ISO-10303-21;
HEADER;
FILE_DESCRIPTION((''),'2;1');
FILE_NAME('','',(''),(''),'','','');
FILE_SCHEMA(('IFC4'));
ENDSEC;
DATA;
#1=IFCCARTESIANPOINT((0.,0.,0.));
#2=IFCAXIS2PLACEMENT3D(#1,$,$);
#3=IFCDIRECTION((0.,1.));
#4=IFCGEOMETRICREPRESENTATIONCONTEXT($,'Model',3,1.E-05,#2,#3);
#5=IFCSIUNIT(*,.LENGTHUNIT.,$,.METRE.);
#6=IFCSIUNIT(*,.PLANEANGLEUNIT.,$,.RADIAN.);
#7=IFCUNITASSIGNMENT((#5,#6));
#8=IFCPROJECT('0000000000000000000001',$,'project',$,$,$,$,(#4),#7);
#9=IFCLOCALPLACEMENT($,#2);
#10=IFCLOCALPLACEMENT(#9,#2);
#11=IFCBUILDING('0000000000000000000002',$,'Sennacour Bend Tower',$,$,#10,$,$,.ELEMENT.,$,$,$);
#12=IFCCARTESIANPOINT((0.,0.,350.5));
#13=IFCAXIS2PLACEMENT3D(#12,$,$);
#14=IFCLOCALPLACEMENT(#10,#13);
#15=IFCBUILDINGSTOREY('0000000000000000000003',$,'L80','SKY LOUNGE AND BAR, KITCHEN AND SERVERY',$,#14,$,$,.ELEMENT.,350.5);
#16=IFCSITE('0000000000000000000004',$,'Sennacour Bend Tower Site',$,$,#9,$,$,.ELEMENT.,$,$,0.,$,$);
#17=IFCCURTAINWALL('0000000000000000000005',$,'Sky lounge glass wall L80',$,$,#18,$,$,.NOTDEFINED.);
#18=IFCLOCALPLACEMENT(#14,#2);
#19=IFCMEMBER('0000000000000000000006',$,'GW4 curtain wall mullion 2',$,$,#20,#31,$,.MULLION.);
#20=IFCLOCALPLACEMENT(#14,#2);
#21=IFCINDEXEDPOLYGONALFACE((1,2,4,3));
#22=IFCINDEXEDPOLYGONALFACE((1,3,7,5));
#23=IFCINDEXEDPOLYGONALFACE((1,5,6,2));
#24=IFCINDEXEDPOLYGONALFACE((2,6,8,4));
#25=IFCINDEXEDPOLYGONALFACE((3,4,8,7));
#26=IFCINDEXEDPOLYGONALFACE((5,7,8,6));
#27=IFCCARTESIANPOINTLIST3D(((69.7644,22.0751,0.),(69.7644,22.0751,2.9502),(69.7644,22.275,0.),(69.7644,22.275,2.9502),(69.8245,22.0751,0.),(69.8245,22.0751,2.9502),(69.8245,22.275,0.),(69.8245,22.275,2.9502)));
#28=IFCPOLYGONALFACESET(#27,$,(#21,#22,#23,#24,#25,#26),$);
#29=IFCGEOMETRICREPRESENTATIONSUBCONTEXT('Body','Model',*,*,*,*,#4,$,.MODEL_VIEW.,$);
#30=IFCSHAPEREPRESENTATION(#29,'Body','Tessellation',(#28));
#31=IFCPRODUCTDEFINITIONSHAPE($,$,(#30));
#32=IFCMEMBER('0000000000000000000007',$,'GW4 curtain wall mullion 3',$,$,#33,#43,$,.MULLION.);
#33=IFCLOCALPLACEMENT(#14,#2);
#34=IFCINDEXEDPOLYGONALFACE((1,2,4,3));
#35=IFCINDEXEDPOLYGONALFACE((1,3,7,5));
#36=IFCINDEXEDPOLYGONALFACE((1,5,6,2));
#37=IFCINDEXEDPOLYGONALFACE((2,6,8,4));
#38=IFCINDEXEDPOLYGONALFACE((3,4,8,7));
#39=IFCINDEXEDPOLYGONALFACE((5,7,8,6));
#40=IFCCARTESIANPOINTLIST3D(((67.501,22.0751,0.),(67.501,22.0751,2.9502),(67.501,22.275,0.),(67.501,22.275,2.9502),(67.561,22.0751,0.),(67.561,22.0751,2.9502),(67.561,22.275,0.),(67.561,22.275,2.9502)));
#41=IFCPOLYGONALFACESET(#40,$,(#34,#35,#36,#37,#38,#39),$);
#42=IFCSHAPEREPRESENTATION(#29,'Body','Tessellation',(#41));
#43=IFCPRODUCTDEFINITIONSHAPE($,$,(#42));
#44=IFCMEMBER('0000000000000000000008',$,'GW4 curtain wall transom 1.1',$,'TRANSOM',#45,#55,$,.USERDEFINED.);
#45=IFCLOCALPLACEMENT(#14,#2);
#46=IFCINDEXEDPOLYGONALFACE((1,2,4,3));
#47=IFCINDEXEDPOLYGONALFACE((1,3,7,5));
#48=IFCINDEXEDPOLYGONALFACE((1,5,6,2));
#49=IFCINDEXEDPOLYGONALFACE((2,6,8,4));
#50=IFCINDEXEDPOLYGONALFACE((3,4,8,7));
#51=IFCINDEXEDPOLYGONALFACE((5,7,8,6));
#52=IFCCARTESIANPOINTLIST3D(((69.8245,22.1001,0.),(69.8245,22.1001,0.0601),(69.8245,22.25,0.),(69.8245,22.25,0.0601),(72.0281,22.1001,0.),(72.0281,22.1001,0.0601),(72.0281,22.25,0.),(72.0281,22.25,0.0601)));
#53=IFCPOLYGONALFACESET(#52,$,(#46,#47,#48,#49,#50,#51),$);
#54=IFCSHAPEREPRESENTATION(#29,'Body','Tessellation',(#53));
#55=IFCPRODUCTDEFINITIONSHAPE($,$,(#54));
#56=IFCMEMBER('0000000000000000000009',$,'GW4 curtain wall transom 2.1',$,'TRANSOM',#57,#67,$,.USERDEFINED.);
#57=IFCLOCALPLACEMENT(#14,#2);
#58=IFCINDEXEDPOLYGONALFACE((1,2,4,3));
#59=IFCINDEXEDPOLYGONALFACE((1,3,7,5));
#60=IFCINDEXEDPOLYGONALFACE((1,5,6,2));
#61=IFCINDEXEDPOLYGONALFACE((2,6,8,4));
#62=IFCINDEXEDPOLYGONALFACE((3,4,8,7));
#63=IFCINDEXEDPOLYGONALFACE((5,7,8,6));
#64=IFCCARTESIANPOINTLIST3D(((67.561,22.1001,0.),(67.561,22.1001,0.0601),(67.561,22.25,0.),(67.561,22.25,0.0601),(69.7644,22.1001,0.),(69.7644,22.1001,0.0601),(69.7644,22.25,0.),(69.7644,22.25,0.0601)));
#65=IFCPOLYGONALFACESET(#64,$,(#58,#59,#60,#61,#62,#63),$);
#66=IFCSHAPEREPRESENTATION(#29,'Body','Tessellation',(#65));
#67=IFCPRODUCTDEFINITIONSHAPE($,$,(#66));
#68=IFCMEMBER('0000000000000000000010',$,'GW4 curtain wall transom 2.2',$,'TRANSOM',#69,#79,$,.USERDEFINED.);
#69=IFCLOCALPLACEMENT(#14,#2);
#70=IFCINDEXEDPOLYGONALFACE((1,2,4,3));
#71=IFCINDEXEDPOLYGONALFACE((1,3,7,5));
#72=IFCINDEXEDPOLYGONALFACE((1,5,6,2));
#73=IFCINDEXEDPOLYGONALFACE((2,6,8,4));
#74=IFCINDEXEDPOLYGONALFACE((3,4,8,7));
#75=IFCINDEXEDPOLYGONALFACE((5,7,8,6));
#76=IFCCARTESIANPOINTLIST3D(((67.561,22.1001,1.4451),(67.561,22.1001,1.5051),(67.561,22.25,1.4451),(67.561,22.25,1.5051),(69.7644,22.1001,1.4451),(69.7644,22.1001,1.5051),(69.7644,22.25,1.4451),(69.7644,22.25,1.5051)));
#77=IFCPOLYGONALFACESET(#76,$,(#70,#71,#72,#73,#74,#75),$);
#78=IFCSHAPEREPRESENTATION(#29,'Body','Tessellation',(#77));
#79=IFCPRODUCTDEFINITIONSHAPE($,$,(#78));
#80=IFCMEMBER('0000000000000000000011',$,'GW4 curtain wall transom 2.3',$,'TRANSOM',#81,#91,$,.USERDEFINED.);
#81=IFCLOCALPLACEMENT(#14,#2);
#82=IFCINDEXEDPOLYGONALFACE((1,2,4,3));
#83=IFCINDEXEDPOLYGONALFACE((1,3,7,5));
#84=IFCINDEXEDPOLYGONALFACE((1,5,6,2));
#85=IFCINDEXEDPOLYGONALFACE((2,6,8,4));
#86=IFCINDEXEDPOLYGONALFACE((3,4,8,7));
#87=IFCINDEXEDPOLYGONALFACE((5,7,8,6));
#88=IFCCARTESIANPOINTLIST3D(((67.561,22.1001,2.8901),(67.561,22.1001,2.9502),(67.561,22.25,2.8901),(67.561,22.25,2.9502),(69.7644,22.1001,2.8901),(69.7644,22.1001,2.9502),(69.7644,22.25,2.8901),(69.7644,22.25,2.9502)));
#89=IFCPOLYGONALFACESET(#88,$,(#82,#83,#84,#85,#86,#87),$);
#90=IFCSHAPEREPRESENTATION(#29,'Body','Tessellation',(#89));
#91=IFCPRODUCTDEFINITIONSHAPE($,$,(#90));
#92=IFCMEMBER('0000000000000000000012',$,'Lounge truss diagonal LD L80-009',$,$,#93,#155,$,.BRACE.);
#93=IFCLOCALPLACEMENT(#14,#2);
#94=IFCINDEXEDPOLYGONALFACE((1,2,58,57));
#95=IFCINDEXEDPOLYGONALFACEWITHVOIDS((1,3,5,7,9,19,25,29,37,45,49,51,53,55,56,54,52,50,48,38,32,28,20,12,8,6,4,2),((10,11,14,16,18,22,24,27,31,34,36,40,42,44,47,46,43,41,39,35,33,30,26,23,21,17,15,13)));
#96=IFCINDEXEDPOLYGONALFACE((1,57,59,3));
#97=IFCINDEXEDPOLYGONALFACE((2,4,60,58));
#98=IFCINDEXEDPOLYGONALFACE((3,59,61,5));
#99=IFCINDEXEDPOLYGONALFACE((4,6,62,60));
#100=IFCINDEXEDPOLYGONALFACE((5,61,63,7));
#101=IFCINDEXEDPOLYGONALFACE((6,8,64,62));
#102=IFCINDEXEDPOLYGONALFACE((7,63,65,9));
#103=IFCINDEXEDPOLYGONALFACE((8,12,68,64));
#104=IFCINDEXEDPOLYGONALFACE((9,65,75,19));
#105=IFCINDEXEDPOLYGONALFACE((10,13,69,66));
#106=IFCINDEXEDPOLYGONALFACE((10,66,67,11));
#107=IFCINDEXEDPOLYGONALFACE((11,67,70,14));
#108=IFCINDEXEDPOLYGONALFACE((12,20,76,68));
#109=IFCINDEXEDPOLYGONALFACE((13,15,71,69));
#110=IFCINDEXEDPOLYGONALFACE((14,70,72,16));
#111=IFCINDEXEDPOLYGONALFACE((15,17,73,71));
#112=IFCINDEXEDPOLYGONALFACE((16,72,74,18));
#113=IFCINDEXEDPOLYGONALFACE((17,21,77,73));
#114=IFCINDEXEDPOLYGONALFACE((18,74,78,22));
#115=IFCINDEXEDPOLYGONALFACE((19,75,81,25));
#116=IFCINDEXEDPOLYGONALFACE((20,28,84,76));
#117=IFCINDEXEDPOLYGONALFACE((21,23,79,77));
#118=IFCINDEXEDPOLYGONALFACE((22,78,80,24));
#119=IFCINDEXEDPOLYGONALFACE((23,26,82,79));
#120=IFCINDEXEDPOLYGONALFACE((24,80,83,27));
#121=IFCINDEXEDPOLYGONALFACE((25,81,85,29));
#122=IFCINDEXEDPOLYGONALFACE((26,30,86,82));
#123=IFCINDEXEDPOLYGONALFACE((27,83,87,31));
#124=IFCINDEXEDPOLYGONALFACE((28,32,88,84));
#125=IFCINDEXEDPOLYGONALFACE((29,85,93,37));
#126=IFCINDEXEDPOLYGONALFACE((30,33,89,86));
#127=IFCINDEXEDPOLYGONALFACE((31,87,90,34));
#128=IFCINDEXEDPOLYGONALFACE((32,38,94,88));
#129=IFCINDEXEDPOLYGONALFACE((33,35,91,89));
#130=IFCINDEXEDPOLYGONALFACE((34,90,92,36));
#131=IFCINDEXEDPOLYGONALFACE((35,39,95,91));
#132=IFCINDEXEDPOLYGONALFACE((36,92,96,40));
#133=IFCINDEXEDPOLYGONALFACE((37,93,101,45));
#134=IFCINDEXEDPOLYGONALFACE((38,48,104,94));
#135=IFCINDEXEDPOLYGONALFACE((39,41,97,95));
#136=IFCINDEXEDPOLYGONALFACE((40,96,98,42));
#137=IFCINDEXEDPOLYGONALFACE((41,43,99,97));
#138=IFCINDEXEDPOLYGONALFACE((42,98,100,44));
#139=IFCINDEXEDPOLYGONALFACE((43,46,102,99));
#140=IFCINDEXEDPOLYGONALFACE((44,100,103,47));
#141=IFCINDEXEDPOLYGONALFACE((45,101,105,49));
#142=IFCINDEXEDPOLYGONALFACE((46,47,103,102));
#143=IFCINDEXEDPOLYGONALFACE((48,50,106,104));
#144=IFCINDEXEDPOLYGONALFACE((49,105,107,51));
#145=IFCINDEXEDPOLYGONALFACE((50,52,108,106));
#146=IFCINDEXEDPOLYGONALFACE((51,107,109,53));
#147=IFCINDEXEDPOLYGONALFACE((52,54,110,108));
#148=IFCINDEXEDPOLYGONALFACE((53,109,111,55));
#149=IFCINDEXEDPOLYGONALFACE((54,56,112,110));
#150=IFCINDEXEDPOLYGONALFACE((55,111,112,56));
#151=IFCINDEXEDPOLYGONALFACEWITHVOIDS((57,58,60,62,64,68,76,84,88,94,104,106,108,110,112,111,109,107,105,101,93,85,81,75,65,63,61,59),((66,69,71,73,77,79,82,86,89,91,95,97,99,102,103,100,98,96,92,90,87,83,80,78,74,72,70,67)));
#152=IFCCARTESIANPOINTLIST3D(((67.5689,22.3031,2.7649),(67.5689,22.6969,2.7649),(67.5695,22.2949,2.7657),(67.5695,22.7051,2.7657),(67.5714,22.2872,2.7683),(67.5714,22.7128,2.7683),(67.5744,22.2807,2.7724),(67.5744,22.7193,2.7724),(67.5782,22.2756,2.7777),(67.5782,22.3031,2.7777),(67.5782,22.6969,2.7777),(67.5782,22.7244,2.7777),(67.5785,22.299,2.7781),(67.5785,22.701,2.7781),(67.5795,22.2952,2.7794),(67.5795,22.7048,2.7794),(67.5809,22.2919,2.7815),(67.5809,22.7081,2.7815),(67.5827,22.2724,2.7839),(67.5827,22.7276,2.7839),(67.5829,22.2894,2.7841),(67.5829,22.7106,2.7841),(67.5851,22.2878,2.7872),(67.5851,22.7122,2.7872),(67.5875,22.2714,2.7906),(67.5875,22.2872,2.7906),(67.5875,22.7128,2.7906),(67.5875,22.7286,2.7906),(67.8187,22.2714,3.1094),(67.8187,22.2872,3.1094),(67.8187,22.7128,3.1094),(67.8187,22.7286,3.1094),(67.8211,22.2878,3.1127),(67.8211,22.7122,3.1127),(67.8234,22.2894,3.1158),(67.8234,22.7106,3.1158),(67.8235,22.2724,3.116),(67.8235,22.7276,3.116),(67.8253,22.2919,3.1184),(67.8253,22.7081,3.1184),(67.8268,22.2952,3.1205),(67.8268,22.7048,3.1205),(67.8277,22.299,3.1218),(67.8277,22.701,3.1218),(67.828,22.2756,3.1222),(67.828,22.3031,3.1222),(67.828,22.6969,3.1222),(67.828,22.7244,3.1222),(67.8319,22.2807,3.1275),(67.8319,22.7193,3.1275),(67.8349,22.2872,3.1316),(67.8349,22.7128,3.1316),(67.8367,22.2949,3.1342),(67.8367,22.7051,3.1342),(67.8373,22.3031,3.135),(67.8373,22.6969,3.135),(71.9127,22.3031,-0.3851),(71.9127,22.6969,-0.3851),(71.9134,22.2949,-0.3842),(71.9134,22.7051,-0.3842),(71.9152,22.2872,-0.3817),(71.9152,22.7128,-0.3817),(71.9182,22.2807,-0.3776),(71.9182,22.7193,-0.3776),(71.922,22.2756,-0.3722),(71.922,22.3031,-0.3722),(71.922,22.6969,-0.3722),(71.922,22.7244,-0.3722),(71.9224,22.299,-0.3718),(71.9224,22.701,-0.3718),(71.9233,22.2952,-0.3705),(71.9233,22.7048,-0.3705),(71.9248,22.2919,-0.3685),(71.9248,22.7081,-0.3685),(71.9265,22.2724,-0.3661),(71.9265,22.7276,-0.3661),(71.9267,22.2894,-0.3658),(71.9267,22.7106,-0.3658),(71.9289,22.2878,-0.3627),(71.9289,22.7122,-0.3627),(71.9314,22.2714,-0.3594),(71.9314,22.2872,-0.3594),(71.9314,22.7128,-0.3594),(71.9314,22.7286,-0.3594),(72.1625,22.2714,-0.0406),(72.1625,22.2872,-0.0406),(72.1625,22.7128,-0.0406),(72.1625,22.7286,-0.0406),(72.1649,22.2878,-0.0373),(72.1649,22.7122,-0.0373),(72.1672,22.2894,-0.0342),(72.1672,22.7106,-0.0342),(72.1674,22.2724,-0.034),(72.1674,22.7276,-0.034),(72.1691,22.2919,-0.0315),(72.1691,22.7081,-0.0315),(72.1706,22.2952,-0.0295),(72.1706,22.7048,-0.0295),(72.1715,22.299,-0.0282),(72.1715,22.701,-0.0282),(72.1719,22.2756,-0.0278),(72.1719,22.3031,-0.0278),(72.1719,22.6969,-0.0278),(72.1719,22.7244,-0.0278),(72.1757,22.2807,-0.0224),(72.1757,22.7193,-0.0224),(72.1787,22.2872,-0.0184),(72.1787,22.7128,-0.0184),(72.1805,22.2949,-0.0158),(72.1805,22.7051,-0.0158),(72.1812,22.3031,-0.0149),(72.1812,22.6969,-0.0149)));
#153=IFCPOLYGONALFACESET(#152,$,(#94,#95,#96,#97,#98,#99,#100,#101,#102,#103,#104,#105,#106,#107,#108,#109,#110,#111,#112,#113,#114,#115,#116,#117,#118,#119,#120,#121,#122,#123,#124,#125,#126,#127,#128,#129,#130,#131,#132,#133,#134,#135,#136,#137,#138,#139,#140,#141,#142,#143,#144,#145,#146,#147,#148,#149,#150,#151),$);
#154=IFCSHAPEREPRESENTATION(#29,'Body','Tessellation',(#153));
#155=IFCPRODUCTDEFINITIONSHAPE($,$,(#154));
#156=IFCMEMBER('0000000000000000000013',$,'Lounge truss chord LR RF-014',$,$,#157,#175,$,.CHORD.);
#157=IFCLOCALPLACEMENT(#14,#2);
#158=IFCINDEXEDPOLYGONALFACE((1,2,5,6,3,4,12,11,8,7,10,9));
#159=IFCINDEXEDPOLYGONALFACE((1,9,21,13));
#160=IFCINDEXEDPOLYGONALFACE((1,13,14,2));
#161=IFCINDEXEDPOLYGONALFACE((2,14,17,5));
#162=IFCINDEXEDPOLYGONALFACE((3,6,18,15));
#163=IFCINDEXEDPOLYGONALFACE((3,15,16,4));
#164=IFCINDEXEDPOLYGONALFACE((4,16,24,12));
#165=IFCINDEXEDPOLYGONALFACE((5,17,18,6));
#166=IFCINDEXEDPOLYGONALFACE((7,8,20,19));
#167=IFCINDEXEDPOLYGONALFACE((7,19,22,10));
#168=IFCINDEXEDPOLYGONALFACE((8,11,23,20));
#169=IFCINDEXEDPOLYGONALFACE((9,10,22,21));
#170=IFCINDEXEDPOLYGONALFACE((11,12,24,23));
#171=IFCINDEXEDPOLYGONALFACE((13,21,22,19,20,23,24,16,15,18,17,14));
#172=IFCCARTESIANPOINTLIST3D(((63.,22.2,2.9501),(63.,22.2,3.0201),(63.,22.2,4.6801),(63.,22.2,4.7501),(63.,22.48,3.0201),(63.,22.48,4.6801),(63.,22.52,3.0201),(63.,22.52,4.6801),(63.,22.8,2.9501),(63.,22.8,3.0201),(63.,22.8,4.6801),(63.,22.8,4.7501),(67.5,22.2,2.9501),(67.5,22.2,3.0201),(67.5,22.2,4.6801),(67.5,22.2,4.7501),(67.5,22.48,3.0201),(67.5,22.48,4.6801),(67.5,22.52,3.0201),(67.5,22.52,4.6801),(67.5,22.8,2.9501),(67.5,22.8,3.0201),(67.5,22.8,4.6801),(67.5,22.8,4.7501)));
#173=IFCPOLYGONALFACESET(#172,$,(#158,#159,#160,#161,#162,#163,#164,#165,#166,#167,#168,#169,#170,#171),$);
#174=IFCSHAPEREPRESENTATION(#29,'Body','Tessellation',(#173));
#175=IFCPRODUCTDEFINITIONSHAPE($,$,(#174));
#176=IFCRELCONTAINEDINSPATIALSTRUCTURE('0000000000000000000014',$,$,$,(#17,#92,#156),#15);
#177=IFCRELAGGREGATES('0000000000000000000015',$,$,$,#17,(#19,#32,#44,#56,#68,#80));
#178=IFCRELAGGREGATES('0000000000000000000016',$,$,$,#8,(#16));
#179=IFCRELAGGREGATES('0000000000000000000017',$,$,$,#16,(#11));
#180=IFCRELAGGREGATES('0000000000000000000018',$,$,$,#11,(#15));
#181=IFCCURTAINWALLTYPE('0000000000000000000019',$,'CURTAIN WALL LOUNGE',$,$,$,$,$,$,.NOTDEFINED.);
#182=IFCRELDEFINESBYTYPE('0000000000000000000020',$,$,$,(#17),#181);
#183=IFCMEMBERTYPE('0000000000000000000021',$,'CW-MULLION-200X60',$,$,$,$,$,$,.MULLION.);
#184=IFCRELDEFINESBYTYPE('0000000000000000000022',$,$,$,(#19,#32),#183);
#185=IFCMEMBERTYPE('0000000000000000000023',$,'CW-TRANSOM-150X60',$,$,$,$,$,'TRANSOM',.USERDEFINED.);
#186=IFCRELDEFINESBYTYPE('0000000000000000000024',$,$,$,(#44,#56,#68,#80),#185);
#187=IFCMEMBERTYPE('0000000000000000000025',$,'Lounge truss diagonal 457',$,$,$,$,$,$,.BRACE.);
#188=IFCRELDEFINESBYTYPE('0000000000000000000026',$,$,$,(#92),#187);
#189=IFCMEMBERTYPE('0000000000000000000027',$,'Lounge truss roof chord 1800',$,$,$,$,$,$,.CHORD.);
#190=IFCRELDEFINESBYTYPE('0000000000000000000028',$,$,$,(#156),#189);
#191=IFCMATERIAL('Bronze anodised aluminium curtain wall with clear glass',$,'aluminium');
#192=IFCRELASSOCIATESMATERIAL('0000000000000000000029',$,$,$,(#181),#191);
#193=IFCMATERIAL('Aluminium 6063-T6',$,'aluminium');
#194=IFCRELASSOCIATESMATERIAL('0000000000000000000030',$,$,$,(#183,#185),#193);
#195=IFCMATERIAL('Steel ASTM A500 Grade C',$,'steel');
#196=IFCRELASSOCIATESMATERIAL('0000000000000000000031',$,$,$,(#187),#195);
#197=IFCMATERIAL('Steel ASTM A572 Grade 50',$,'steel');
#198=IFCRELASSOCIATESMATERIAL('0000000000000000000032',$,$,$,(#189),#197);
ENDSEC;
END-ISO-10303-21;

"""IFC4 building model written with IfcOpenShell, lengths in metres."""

from ifc_helpers import new_model, si_unit, direction, frame, origin, origin_2d, place, context, subcontext, project, spatial, rectangle, hollow_rectangle, i_section, extrude, material, material_profile, profile_set, type_object, element, aggregate, save


model = new_model("IFC4")

# Units and contexts
model_context = context("Model", 3, precision=1e-05, world=origin(), true_north=direction((0.0, 1.0)))
body_context = subcontext(model_context, "Body", "Model", "MODEL_VIEW")
ifc_project = project(units=[si_unit("LENGTHUNIT", "METRE"), si_unit("PLANEANGLEUNIT", "RADIAN")], contexts=[model_context])

# Site, building, storey
site_placement = place(None, origin())
site = spatial("IfcSite", under=ifc_project, at=site_placement, Name="Sennacour Bend Tower Site", CompositionType="ELEMENT", RefElevation=0.0)
building_placement = place(site_placement, origin())
building = spatial("IfcBuilding", under=site, at=building_placement, Name="Sennacour Bend Tower", CompositionType="ELEMENT")
storey_placement = place(building_placement, frame((0.0, 0.0, 350.5)))
storey = spatial("IfcBuildingStorey", under=building, at=storey_placement, Name="L80", Description="SKY LOUNGE AND BAR, KITCHEN AND SERVERY", CompositionType="ELEMENT", Elevation=350.5)

# Curtain wall, members
ifc_material_1 = material(Name="Bronze anodised aluminium curtain wall with clear glass", Category="aluminium")
curtain_wall_type = type_object("IfcCurtainWallType", Name="CURTAIN WALL LOUNGE", PredefinedType="NOTDEFINED", material=ifc_material_1)
curtain_wall_placement = place(storey_placement, origin())
curtain_wall = element("IfcCurtainWall", 1, at=curtain_wall_placement, inside=storey, type_object=curtain_wall_type, Name="Sky lounge glass wall L80", PredefinedType="NOTDEFINED")
ifc_material_2 = material(Name="Aluminium 6063-T6", Category="aluminium")
ifc_material_profile_1 = material_profile(ifc_material_2, rectangle(XDim=0.2, YDim=0.0601, at=origin_2d()), Name="Aluminium 6063-T6", Category="aluminium")
ifc_profile_set_1 = profile_set([ifc_material_profile_1], Name="Aluminium 6063-T6")
member_type_1 = type_object("IfcMemberType", Name="CW-MULLION-200X60", PredefinedType="MULLION", material=ifc_profile_set_1)
member_1_placement = place(storey_placement, frame((69.7944, 22.175, 0.0), z_axis=(0.0, 0.0, 1.0), x_axis=(0.0, -1.0, 0.0)))
member_1 = element("IfcMember", 2, at=member_1_placement, type_object=member_type_1, Name="GW4 curtain wall mullion 2", PredefinedType="MULLION", context=body_context, shape_type="SweptSolid", body=[
    extrude(rectangle(XDim=0.2, YDim=0.0601, at=origin_2d()), origin(), (0.0, 0.0, 1.0), 2.9502),
])
member_2_placement = place(storey_placement, frame((67.531, 22.175, 0.0), z_axis=(0.0, 0.0, 1.0), x_axis=(0.0, -1.0, 0.0)))
member_2 = element("IfcMember", 3, at=member_2_placement, type_object=member_type_1, Name="GW4 curtain wall mullion 3", PredefinedType="MULLION", context=body_context, shape_type="SweptSolid", body=[
    extrude(rectangle(XDim=0.2, YDim=0.0601, at=origin_2d()), origin(), (0.0, 0.0, 1.0), 2.9502),
])
ifc_material_profile_2 = material_profile(ifc_material_2, rectangle(XDim=0.1499, YDim=0.0601, at=origin_2d()), Name="Aluminium 6063-T6", Category="aluminium")
ifc_profile_set_2 = profile_set([ifc_material_profile_2], Name="Aluminium 6063-T6")
member_type_2 = type_object("IfcMemberType", Name="CW-TRANSOM-150X60", ElementType="TRANSOM", PredefinedType="USERDEFINED", material=ifc_profile_set_2)
member_3_placement = place(storey_placement, frame((72.0281, 22.175, 0.03), z_axis=(-1.0, 0.0, 0.0), x_axis=(0.0, -1.0, 0.0)))
member_3 = element("IfcMember", 4, at=member_3_placement, type_object=member_type_2, Name="GW4 curtain wall transom 1.1", ObjectType="TRANSOM", PredefinedType="USERDEFINED", context=body_context, shape_type="SweptSolid", body=[
    extrude(rectangle(XDim=0.1499, YDim=0.0601, at=origin_2d()), origin(), (0.0, 0.0, 1.0), 2.2036),
])
member_4_placement = place(storey_placement, frame((69.7644, 22.175, 0.03), z_axis=(-1.0, 0.0, 0.0), x_axis=(0.0, -1.0, 0.0)))
member_4 = element("IfcMember", 5, at=member_4_placement, type_object=member_type_2, Name="GW4 curtain wall transom 2.1", ObjectType="TRANSOM", PredefinedType="USERDEFINED", context=body_context, shape_type="SweptSolid", body=[
    extrude(rectangle(XDim=0.1499, YDim=0.0601, at=origin_2d()), origin(), (0.0, 0.0, 1.0), 2.2034),
])
member_5_placement = place(storey_placement, frame((69.7644, 22.175, 1.4751), z_axis=(-1.0, 0.0, 0.0), x_axis=(0.0, -1.0, 0.0)))
member_5 = element("IfcMember", 6, at=member_5_placement, type_object=member_type_2, Name="GW4 curtain wall transom 2.2", ObjectType="TRANSOM", PredefinedType="USERDEFINED", context=body_context, shape_type="SweptSolid", body=[
    extrude(rectangle(XDim=0.1499, YDim=0.0601, at=origin_2d()), origin(), (0.0, 0.0, 1.0), 2.2034),
])
member_6_placement = place(storey_placement, frame((69.7644, 22.175, 2.9202), z_axis=(-1.0, 0.0, 0.0), x_axis=(0.0, -1.0, 0.0)))
member_6 = element("IfcMember", 7, at=member_6_placement, type_object=member_type_2, Name="GW4 curtain wall transom 2.3", ObjectType="TRANSOM", PredefinedType="USERDEFINED", context=body_context, shape_type="SweptSolid", body=[
    extrude(rectangle(XDim=0.1499, YDim=0.0601, at=origin_2d()), origin(), (0.0, 0.0, 1.0), 2.2034),
])

# Members
ifc_material_3 = material(Name="Steel ASTM A500 Grade C", Category="steel")
ifc_material_profile_3 = material_profile(ifc_material_3, hollow_rectangle(XDim=0.4573, YDim=0.4573, WallThickness=0.0159, InnerFilletRadius=0.0159, OuterFilletRadius=0.0317, at=origin_2d()), Name="Steel ASTM A500 Grade C", Category="steel")
ifc_profile_set_3 = profile_set([ifc_material_profile_3], Name="Steel ASTM A500 Grade C")
member_type_3 = type_object("IfcMemberType", Name="Lounge truss diagonal 457", PredefinedType="BRACE", material=ifc_profile_set_3)
member_7_placement = place(storey_placement, frame((67.7031, 22.5, 2.95), z_axis=(0.80955, 0.0, -0.587051), x_axis=(0.0, 1.0, 0.0)))
element("IfcMember", 8, at=member_7_placement, inside=storey, type_object=member_type_3, Name="Lounge truss diagonal LD L80-009", PredefinedType="BRACE", context=body_context, shape_type="SweptSolid", body=[
    extrude(hollow_rectangle(XDim=0.4573, YDim=0.4573, WallThickness=0.0159, InnerFilletRadius=0.0159, OuterFilletRadius=0.0317, at=origin_2d()), origin(), (0.0, 0.0, 1.0), 5.3657),
])
ifc_material_4 = material(Name="Steel ASTM A572 Grade 50", Category="steel")
ifc_material_profile_4 = material_profile(ifc_material_4, i_section(OverallWidth=0.6001, OverallDepth=1.8, WebThickness=0.04, FlangeThickness=0.0701, at=origin_2d()), Name="Steel ASTM A572 Grade 50", Category="steel")
ifc_profile_set_4 = profile_set([ifc_material_profile_4], Name="Steel ASTM A572 Grade 50")
member_type_4 = type_object("IfcMemberType", Name="Lounge truss roof chord 1800", PredefinedType="CHORD", material=ifc_profile_set_4)
member_8_placement = place(storey_placement, frame((63.0, 22.5, 3.8501), z_axis=(1.0, 0.0, 0.0), x_axis=(0.0, 1.0, 0.0)))
element("IfcMember", 9, at=member_8_placement, inside=storey, type_object=member_type_4, Name="Lounge truss chord LR RF-014", PredefinedType="CHORD", context=body_context, shape_type="SweptSolid", body=[
    extrude(i_section(OverallWidth=0.6001, OverallDepth=1.8, WebThickness=0.04, FlangeThickness=0.0701, at=origin_2d()), origin(), (0.0, 0.0, 1.0), 4.5),
])

aggregate(curtain_wall, [member_1, member_2, member_3, member_4, member_5, member_6])

save(model, "model.ifc")
